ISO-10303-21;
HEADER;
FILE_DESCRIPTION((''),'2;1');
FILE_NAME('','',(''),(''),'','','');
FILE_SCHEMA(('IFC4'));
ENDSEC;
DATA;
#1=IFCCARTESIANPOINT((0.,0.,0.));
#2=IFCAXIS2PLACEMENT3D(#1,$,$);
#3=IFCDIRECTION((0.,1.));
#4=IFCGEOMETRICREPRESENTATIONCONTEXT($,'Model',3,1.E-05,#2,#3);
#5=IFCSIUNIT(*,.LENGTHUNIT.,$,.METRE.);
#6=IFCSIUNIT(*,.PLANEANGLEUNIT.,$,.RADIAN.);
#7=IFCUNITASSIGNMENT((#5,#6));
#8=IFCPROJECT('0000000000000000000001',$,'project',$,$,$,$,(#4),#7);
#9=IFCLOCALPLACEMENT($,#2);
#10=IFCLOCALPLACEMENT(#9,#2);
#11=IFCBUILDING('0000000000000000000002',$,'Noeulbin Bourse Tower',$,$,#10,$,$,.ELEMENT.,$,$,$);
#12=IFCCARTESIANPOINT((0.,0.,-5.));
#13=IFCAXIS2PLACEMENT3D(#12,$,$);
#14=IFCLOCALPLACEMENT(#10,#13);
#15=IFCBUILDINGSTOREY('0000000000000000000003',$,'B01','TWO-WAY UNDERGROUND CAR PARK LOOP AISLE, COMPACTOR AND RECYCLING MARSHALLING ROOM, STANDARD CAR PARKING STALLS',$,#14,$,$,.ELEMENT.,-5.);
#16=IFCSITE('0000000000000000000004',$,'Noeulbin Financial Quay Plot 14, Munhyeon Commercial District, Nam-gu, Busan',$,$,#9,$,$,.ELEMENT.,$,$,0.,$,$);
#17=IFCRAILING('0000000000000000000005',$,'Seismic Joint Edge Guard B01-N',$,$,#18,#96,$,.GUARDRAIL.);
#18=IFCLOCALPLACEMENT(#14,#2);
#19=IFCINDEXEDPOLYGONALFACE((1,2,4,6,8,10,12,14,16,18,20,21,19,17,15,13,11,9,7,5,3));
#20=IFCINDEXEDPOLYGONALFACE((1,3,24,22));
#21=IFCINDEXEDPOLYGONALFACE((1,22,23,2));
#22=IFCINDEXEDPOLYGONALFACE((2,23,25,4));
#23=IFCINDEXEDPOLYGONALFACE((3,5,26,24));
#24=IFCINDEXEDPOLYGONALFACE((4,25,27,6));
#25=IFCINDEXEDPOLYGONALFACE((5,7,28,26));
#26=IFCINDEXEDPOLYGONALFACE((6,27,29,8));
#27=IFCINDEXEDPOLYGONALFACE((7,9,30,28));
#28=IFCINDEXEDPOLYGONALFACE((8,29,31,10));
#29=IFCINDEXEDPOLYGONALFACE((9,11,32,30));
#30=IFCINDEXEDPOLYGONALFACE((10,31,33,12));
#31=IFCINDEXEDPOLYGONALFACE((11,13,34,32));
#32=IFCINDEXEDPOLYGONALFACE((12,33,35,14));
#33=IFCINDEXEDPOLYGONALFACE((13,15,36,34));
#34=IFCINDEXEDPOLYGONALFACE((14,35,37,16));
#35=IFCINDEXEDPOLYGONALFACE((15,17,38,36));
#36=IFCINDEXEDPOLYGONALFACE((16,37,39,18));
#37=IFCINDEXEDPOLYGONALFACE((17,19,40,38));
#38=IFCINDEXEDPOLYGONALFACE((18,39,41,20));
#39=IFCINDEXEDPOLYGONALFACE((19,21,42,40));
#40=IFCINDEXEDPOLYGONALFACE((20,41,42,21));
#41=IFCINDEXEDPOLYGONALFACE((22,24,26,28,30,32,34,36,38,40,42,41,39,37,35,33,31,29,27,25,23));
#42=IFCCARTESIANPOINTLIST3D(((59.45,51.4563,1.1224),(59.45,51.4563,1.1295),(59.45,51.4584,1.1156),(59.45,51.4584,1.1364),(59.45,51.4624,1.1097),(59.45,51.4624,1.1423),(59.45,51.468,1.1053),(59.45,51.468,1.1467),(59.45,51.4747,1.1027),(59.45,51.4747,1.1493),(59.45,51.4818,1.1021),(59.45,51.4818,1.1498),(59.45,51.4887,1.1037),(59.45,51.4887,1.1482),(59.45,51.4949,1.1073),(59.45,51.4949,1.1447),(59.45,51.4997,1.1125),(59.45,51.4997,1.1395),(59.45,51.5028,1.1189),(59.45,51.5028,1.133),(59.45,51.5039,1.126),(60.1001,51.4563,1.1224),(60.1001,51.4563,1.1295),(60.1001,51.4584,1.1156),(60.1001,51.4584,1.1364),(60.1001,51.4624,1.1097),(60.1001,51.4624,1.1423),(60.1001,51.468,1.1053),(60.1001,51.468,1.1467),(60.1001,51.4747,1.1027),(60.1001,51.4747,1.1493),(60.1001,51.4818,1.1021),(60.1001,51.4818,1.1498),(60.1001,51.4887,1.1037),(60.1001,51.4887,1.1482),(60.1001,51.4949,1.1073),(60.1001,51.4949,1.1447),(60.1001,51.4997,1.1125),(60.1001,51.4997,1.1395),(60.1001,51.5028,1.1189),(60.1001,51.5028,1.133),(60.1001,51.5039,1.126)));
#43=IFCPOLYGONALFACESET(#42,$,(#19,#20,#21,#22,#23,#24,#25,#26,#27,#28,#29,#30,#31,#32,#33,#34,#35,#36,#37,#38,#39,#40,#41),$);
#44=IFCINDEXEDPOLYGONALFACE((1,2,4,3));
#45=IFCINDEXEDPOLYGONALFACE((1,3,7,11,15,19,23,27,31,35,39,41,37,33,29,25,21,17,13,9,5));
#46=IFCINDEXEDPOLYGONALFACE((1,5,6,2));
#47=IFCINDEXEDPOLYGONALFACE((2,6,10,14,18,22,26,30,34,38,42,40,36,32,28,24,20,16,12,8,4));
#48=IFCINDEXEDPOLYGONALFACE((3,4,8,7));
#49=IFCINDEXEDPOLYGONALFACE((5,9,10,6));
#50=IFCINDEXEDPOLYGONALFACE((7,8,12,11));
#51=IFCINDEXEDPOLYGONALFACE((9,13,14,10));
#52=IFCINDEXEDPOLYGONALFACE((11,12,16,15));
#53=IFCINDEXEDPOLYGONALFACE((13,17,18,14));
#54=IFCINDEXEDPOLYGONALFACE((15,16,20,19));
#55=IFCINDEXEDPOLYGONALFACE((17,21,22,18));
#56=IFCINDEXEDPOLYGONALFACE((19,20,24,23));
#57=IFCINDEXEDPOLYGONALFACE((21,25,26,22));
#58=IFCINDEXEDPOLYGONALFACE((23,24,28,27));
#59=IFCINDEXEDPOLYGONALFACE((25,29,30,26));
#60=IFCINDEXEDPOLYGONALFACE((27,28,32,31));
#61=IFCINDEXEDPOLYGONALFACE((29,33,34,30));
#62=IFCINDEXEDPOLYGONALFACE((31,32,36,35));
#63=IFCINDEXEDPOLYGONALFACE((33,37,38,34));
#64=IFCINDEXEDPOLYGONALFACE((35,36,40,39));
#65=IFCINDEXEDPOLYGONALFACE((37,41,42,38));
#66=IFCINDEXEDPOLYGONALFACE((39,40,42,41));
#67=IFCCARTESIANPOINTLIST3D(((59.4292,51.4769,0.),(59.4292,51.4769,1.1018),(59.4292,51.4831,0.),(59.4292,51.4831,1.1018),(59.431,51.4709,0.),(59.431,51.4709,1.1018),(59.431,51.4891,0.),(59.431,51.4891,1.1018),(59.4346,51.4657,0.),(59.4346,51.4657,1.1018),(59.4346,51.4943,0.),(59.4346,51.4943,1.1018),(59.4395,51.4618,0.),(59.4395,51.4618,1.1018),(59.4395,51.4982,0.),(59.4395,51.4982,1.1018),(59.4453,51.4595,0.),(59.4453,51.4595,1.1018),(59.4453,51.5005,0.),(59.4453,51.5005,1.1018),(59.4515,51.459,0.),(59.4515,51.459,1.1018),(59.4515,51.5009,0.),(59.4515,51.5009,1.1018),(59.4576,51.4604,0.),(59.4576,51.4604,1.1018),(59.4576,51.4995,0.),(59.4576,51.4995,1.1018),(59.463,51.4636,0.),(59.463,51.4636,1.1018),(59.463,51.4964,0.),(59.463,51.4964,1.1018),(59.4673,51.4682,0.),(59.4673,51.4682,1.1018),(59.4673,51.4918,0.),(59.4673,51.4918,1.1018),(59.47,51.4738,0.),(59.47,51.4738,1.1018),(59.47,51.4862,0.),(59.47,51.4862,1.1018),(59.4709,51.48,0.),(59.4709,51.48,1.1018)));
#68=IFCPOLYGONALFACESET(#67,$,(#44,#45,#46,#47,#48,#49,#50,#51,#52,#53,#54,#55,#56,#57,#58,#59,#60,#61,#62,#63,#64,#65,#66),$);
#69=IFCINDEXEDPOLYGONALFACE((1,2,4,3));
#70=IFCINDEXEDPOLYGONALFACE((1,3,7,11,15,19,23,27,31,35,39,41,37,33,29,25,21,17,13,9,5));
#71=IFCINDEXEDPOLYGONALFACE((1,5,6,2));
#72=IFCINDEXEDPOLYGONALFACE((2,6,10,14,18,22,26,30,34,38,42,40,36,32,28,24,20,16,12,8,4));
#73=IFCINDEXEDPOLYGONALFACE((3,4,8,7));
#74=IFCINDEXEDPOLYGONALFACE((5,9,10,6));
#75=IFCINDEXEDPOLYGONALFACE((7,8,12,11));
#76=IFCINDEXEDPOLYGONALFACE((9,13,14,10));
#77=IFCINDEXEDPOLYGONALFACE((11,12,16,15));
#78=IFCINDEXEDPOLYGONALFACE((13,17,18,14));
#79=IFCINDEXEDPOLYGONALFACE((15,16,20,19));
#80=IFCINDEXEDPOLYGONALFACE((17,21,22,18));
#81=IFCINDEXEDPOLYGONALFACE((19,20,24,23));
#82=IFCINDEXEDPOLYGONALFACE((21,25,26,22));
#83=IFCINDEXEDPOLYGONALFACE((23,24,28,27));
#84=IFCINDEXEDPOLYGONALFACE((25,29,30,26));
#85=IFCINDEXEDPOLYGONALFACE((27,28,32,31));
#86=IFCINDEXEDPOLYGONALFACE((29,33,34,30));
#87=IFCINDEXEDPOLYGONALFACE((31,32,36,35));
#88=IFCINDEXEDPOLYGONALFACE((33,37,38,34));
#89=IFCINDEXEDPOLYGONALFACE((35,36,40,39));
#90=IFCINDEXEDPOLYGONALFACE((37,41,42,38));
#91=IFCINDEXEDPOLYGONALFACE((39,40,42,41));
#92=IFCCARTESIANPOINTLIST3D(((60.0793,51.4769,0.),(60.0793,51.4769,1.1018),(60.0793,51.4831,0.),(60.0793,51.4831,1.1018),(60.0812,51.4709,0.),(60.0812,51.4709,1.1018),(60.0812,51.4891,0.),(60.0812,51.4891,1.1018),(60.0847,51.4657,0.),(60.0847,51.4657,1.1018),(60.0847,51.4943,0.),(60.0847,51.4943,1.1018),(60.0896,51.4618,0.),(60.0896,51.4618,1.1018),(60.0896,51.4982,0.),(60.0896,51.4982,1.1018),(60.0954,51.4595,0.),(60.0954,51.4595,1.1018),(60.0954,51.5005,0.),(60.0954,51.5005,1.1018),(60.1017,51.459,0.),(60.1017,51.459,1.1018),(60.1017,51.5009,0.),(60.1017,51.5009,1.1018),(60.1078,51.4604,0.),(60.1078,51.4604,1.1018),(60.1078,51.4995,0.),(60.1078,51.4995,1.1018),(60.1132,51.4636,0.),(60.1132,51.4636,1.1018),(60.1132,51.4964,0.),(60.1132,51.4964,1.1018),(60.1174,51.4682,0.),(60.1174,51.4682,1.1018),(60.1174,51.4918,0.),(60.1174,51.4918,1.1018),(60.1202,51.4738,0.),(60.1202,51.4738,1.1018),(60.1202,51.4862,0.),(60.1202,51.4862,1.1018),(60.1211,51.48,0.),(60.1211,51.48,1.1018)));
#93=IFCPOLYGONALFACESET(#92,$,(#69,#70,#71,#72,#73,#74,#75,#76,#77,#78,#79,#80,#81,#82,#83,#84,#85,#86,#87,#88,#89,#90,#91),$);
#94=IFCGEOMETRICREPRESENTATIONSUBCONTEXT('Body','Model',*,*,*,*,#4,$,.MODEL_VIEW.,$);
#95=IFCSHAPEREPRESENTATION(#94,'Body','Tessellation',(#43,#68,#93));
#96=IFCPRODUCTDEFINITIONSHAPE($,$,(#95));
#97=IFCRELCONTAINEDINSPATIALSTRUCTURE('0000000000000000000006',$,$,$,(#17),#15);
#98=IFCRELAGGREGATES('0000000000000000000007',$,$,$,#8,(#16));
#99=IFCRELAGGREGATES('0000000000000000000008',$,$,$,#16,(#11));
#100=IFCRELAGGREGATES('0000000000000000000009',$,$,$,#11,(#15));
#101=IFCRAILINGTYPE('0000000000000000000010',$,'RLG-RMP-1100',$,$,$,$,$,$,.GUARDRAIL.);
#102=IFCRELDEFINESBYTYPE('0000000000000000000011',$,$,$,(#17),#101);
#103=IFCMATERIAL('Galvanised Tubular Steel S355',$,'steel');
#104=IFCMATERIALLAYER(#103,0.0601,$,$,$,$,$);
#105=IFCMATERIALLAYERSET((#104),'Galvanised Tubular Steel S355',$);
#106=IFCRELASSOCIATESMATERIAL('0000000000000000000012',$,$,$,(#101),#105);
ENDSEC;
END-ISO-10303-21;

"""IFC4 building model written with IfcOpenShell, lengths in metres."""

from ifc_helpers import new_model, si_unit, direction, frame, origin, origin_2d, place, context, subcontext, project, spatial, circle, extrude, material, layer, layer_set, type_object, element, save


model = new_model("IFC4")

# Units and contexts
model_context = context("Model", 3, precision=1e-05, world=origin(), true_north=direction((0.0, 1.0)))
body_context = subcontext(model_context, "Body", "Model", "MODEL_VIEW")
ifc_project = project(units=[si_unit("LENGTHUNIT", "METRE"), si_unit("PLANEANGLEUNIT", "RADIAN")], contexts=[model_context])

# Site, building, storey
site_placement = place(None, origin())
site = spatial("IfcSite", under=ifc_project, at=site_placement, Name="Noeulbin Financial Quay Plot 14, Munhyeon Commercial District, Nam-gu, Busan", CompositionType="ELEMENT", RefElevation=0.0)
building_placement = place(site_placement, origin())
building = spatial("IfcBuilding", under=site, at=building_placement, Name="Noeulbin Bourse Tower", CompositionType="ELEMENT")
storey_placement = place(building_placement, frame((0.0, 0.0, -5.0)))
storey = spatial("IfcBuildingStorey", under=building, at=storey_placement, Name="B01", Description="TWO-WAY UNDERGROUND CAR PARK LOOP AISLE, COMPACTOR AND RECYCLING MARSHALLING ROOM, STANDARD CAR PARKING STALLS", CompositionType="ELEMENT", Elevation=-5.0)

# Railing
ifc_material_1 = material(Name="Galvanised Tubular Steel S355", Category="steel")
ifc_layer_1 = layer(ifc_material_1, 0.0601)
ifc_layer_set_1 = layer_set([ifc_layer_1], Name="Galvanised Tubular Steel S355")
railing_type = type_object("IfcRailingType", Name="RLG-RMP-1100", PredefinedType="GUARDRAIL", material=ifc_layer_set_1)
railing_placement = place(storey_placement, frame((59.45, 51.48, 0.0)))
element("IfcRailing", 1, at=railing_placement, inside=storey, type_object=railing_type, Name="Seismic Joint Edge Guard B01-N", PredefinedType="GUARDRAIL", context=body_context, shape_type="SweptSolid", body=[
    extrude(circle(Radius=0.0239, at=origin_2d()), frame((0.0, 0.0, 1.126), z_axis=(1.0, 0.0, 0.0), x_axis=(0.0, 1.0, 0.0)), (0.0, 0.0, 1.0), 0.6501),
    extrude(circle(Radius=0.021, at=origin_2d()), origin(), (0.0, 0.0, 1.0), 1.1018),
    extrude(circle(Radius=0.021, at=origin_2d()), frame((0.6501, 0.0, 0.0)), (0.0, 0.0, 1.0), 1.1018),
])

save(model, "model.ifc")
